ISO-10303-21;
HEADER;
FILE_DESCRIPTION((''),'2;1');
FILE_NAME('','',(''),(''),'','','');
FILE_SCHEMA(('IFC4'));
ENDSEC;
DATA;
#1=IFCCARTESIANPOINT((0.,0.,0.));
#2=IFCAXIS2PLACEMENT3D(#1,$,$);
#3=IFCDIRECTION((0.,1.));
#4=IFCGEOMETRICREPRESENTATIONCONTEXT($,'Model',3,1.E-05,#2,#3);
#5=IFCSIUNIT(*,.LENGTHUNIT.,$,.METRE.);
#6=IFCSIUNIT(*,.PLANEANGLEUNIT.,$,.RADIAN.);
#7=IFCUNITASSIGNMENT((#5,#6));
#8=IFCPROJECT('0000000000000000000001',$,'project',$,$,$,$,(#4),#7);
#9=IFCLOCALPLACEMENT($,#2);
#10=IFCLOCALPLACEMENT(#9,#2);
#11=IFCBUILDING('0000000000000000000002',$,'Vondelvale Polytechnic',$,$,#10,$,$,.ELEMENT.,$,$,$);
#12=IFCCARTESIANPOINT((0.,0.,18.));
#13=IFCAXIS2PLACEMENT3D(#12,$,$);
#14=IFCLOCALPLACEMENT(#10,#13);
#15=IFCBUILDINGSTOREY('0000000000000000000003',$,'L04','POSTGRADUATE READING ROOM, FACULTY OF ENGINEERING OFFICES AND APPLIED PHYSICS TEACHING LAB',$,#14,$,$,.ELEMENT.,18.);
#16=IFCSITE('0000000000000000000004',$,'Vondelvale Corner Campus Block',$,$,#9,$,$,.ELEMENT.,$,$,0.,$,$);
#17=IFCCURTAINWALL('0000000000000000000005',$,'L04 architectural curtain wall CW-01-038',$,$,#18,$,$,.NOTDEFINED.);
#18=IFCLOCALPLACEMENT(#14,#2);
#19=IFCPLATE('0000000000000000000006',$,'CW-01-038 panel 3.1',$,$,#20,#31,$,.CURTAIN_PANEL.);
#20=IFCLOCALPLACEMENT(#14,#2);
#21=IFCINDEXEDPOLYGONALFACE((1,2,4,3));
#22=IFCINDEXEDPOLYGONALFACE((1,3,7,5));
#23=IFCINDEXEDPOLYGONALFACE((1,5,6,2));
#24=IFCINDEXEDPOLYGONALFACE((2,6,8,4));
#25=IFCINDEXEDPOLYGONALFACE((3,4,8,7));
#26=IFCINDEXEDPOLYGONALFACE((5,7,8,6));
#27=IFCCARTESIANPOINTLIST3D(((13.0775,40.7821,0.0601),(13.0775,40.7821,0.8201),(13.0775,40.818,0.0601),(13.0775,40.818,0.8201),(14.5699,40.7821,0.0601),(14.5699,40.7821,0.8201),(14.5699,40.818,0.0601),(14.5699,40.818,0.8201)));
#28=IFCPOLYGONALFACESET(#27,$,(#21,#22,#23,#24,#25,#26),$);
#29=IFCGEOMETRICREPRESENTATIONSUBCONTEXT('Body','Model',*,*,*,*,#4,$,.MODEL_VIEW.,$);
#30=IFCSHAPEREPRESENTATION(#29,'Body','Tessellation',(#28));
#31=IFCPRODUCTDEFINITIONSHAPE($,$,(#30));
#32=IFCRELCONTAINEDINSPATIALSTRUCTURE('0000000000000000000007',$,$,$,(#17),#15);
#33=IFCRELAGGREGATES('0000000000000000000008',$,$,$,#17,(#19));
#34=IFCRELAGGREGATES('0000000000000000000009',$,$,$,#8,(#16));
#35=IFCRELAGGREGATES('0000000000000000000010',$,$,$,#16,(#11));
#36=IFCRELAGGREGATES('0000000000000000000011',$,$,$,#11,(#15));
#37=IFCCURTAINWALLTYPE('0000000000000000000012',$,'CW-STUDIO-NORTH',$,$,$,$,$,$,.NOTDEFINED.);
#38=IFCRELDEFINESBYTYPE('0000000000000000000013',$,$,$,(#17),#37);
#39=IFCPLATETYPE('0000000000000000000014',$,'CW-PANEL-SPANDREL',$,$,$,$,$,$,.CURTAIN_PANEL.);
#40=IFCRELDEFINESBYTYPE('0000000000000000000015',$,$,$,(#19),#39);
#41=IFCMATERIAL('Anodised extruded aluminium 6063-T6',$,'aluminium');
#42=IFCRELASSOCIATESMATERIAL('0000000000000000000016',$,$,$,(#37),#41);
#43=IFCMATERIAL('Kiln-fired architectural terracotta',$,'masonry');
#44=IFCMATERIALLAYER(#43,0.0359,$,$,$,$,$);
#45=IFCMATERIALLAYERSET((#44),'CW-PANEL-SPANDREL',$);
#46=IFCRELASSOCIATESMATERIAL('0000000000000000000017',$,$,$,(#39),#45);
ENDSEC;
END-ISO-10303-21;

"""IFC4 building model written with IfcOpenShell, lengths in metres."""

from ifc_helpers import new_model, si_unit, direction, frame, origin, origin_2d, place, context, subcontext, project, spatial, rectangle, extrude, material, layer, layer_set, type_object, element, aggregate, save


model = new_model("IFC4")

# Units and contexts
model_context = context("Model", 3, precision=1e-05, world=origin(), true_north=direction((0.0, 1.0)))
body_context = subcontext(model_context, "Body", "Model", "MODEL_VIEW")
ifc_project = project(units=[si_unit("LENGTHUNIT", "METRE"), si_unit("PLANEANGLEUNIT", "RADIAN")], contexts=[model_context])

# Site, building, storey
site_placement = place(None, origin())
site = spatial("IfcSite", under=ifc_project, at=site_placement, Name="Vondelvale Corner Campus Block", CompositionType="ELEMENT", RefElevation=0.0)
building_placement = place(site_placement, origin())
building = spatial("IfcBuilding", under=site, at=building_placement, Name="Vondelvale Polytechnic", CompositionType="ELEMENT")
storey_placement = place(building_placement, frame((0.0, 0.0, 18.0)))
storey = spatial("IfcBuildingStorey", under=building, at=storey_placement, Name="L04", Description="POSTGRADUATE READING ROOM, FACULTY OF ENGINEERING OFFICES AND APPLIED PHYSICS TEACHING LAB", CompositionType="ELEMENT", Elevation=18.0)

# Curtain wall
ifc_material_1 = material(Name="Anodised extruded aluminium 6063-T6", Category="aluminium")
curtain_wall_type = type_object("IfcCurtainWallType", Name="CW-STUDIO-NORTH", PredefinedType="NOTDEFINED", material=ifc_material_1)
curtain_wall_placement = place(storey_placement, origin())
curtain_wall = element("IfcCurtainWall", 1, at=curtain_wall_placement, inside=storey, type_object=curtain_wall_type, Name="L04 architectural curtain wall CW-01-038", PredefinedType="NOTDEFINED")

# Plate
ifc_material_2 = material(Name="Kiln-fired architectural terracotta", Category="masonry")
ifc_layer_1 = layer(ifc_material_2, 0.0359)
ifc_layer_set_1 = layer_set([ifc_layer_1], Name="CW-PANEL-SPANDREL")
plate_type_1 = type_object("IfcPlateType", Name="CW-PANEL-SPANDREL", PredefinedType="CURTAIN_PANEL", material=ifc_layer_set_1)
plate_1_placement = place(storey_placement, frame((13.8237, 40.8, 0.0601), z_axis=(0.0, 0.0, 1.0), x_axis=(1.0, 0.0, 0.0)))
plate_1 = element("IfcPlate", 2, at=plate_1_placement, type_object=plate_type_1, Name="CW-01-038 panel 3.1", PredefinedType="CURTAIN_PANEL", context=body_context, shape_type="SweptSolid", body=[
    extrude(rectangle(XDim=1.4924, YDim=0.0359, at=origin_2d()), origin(), (0.0, 0.0, 1.0), 0.76),
])
aggregate(curtain_wall, [plate_1])

save(model, "model.ifc")
